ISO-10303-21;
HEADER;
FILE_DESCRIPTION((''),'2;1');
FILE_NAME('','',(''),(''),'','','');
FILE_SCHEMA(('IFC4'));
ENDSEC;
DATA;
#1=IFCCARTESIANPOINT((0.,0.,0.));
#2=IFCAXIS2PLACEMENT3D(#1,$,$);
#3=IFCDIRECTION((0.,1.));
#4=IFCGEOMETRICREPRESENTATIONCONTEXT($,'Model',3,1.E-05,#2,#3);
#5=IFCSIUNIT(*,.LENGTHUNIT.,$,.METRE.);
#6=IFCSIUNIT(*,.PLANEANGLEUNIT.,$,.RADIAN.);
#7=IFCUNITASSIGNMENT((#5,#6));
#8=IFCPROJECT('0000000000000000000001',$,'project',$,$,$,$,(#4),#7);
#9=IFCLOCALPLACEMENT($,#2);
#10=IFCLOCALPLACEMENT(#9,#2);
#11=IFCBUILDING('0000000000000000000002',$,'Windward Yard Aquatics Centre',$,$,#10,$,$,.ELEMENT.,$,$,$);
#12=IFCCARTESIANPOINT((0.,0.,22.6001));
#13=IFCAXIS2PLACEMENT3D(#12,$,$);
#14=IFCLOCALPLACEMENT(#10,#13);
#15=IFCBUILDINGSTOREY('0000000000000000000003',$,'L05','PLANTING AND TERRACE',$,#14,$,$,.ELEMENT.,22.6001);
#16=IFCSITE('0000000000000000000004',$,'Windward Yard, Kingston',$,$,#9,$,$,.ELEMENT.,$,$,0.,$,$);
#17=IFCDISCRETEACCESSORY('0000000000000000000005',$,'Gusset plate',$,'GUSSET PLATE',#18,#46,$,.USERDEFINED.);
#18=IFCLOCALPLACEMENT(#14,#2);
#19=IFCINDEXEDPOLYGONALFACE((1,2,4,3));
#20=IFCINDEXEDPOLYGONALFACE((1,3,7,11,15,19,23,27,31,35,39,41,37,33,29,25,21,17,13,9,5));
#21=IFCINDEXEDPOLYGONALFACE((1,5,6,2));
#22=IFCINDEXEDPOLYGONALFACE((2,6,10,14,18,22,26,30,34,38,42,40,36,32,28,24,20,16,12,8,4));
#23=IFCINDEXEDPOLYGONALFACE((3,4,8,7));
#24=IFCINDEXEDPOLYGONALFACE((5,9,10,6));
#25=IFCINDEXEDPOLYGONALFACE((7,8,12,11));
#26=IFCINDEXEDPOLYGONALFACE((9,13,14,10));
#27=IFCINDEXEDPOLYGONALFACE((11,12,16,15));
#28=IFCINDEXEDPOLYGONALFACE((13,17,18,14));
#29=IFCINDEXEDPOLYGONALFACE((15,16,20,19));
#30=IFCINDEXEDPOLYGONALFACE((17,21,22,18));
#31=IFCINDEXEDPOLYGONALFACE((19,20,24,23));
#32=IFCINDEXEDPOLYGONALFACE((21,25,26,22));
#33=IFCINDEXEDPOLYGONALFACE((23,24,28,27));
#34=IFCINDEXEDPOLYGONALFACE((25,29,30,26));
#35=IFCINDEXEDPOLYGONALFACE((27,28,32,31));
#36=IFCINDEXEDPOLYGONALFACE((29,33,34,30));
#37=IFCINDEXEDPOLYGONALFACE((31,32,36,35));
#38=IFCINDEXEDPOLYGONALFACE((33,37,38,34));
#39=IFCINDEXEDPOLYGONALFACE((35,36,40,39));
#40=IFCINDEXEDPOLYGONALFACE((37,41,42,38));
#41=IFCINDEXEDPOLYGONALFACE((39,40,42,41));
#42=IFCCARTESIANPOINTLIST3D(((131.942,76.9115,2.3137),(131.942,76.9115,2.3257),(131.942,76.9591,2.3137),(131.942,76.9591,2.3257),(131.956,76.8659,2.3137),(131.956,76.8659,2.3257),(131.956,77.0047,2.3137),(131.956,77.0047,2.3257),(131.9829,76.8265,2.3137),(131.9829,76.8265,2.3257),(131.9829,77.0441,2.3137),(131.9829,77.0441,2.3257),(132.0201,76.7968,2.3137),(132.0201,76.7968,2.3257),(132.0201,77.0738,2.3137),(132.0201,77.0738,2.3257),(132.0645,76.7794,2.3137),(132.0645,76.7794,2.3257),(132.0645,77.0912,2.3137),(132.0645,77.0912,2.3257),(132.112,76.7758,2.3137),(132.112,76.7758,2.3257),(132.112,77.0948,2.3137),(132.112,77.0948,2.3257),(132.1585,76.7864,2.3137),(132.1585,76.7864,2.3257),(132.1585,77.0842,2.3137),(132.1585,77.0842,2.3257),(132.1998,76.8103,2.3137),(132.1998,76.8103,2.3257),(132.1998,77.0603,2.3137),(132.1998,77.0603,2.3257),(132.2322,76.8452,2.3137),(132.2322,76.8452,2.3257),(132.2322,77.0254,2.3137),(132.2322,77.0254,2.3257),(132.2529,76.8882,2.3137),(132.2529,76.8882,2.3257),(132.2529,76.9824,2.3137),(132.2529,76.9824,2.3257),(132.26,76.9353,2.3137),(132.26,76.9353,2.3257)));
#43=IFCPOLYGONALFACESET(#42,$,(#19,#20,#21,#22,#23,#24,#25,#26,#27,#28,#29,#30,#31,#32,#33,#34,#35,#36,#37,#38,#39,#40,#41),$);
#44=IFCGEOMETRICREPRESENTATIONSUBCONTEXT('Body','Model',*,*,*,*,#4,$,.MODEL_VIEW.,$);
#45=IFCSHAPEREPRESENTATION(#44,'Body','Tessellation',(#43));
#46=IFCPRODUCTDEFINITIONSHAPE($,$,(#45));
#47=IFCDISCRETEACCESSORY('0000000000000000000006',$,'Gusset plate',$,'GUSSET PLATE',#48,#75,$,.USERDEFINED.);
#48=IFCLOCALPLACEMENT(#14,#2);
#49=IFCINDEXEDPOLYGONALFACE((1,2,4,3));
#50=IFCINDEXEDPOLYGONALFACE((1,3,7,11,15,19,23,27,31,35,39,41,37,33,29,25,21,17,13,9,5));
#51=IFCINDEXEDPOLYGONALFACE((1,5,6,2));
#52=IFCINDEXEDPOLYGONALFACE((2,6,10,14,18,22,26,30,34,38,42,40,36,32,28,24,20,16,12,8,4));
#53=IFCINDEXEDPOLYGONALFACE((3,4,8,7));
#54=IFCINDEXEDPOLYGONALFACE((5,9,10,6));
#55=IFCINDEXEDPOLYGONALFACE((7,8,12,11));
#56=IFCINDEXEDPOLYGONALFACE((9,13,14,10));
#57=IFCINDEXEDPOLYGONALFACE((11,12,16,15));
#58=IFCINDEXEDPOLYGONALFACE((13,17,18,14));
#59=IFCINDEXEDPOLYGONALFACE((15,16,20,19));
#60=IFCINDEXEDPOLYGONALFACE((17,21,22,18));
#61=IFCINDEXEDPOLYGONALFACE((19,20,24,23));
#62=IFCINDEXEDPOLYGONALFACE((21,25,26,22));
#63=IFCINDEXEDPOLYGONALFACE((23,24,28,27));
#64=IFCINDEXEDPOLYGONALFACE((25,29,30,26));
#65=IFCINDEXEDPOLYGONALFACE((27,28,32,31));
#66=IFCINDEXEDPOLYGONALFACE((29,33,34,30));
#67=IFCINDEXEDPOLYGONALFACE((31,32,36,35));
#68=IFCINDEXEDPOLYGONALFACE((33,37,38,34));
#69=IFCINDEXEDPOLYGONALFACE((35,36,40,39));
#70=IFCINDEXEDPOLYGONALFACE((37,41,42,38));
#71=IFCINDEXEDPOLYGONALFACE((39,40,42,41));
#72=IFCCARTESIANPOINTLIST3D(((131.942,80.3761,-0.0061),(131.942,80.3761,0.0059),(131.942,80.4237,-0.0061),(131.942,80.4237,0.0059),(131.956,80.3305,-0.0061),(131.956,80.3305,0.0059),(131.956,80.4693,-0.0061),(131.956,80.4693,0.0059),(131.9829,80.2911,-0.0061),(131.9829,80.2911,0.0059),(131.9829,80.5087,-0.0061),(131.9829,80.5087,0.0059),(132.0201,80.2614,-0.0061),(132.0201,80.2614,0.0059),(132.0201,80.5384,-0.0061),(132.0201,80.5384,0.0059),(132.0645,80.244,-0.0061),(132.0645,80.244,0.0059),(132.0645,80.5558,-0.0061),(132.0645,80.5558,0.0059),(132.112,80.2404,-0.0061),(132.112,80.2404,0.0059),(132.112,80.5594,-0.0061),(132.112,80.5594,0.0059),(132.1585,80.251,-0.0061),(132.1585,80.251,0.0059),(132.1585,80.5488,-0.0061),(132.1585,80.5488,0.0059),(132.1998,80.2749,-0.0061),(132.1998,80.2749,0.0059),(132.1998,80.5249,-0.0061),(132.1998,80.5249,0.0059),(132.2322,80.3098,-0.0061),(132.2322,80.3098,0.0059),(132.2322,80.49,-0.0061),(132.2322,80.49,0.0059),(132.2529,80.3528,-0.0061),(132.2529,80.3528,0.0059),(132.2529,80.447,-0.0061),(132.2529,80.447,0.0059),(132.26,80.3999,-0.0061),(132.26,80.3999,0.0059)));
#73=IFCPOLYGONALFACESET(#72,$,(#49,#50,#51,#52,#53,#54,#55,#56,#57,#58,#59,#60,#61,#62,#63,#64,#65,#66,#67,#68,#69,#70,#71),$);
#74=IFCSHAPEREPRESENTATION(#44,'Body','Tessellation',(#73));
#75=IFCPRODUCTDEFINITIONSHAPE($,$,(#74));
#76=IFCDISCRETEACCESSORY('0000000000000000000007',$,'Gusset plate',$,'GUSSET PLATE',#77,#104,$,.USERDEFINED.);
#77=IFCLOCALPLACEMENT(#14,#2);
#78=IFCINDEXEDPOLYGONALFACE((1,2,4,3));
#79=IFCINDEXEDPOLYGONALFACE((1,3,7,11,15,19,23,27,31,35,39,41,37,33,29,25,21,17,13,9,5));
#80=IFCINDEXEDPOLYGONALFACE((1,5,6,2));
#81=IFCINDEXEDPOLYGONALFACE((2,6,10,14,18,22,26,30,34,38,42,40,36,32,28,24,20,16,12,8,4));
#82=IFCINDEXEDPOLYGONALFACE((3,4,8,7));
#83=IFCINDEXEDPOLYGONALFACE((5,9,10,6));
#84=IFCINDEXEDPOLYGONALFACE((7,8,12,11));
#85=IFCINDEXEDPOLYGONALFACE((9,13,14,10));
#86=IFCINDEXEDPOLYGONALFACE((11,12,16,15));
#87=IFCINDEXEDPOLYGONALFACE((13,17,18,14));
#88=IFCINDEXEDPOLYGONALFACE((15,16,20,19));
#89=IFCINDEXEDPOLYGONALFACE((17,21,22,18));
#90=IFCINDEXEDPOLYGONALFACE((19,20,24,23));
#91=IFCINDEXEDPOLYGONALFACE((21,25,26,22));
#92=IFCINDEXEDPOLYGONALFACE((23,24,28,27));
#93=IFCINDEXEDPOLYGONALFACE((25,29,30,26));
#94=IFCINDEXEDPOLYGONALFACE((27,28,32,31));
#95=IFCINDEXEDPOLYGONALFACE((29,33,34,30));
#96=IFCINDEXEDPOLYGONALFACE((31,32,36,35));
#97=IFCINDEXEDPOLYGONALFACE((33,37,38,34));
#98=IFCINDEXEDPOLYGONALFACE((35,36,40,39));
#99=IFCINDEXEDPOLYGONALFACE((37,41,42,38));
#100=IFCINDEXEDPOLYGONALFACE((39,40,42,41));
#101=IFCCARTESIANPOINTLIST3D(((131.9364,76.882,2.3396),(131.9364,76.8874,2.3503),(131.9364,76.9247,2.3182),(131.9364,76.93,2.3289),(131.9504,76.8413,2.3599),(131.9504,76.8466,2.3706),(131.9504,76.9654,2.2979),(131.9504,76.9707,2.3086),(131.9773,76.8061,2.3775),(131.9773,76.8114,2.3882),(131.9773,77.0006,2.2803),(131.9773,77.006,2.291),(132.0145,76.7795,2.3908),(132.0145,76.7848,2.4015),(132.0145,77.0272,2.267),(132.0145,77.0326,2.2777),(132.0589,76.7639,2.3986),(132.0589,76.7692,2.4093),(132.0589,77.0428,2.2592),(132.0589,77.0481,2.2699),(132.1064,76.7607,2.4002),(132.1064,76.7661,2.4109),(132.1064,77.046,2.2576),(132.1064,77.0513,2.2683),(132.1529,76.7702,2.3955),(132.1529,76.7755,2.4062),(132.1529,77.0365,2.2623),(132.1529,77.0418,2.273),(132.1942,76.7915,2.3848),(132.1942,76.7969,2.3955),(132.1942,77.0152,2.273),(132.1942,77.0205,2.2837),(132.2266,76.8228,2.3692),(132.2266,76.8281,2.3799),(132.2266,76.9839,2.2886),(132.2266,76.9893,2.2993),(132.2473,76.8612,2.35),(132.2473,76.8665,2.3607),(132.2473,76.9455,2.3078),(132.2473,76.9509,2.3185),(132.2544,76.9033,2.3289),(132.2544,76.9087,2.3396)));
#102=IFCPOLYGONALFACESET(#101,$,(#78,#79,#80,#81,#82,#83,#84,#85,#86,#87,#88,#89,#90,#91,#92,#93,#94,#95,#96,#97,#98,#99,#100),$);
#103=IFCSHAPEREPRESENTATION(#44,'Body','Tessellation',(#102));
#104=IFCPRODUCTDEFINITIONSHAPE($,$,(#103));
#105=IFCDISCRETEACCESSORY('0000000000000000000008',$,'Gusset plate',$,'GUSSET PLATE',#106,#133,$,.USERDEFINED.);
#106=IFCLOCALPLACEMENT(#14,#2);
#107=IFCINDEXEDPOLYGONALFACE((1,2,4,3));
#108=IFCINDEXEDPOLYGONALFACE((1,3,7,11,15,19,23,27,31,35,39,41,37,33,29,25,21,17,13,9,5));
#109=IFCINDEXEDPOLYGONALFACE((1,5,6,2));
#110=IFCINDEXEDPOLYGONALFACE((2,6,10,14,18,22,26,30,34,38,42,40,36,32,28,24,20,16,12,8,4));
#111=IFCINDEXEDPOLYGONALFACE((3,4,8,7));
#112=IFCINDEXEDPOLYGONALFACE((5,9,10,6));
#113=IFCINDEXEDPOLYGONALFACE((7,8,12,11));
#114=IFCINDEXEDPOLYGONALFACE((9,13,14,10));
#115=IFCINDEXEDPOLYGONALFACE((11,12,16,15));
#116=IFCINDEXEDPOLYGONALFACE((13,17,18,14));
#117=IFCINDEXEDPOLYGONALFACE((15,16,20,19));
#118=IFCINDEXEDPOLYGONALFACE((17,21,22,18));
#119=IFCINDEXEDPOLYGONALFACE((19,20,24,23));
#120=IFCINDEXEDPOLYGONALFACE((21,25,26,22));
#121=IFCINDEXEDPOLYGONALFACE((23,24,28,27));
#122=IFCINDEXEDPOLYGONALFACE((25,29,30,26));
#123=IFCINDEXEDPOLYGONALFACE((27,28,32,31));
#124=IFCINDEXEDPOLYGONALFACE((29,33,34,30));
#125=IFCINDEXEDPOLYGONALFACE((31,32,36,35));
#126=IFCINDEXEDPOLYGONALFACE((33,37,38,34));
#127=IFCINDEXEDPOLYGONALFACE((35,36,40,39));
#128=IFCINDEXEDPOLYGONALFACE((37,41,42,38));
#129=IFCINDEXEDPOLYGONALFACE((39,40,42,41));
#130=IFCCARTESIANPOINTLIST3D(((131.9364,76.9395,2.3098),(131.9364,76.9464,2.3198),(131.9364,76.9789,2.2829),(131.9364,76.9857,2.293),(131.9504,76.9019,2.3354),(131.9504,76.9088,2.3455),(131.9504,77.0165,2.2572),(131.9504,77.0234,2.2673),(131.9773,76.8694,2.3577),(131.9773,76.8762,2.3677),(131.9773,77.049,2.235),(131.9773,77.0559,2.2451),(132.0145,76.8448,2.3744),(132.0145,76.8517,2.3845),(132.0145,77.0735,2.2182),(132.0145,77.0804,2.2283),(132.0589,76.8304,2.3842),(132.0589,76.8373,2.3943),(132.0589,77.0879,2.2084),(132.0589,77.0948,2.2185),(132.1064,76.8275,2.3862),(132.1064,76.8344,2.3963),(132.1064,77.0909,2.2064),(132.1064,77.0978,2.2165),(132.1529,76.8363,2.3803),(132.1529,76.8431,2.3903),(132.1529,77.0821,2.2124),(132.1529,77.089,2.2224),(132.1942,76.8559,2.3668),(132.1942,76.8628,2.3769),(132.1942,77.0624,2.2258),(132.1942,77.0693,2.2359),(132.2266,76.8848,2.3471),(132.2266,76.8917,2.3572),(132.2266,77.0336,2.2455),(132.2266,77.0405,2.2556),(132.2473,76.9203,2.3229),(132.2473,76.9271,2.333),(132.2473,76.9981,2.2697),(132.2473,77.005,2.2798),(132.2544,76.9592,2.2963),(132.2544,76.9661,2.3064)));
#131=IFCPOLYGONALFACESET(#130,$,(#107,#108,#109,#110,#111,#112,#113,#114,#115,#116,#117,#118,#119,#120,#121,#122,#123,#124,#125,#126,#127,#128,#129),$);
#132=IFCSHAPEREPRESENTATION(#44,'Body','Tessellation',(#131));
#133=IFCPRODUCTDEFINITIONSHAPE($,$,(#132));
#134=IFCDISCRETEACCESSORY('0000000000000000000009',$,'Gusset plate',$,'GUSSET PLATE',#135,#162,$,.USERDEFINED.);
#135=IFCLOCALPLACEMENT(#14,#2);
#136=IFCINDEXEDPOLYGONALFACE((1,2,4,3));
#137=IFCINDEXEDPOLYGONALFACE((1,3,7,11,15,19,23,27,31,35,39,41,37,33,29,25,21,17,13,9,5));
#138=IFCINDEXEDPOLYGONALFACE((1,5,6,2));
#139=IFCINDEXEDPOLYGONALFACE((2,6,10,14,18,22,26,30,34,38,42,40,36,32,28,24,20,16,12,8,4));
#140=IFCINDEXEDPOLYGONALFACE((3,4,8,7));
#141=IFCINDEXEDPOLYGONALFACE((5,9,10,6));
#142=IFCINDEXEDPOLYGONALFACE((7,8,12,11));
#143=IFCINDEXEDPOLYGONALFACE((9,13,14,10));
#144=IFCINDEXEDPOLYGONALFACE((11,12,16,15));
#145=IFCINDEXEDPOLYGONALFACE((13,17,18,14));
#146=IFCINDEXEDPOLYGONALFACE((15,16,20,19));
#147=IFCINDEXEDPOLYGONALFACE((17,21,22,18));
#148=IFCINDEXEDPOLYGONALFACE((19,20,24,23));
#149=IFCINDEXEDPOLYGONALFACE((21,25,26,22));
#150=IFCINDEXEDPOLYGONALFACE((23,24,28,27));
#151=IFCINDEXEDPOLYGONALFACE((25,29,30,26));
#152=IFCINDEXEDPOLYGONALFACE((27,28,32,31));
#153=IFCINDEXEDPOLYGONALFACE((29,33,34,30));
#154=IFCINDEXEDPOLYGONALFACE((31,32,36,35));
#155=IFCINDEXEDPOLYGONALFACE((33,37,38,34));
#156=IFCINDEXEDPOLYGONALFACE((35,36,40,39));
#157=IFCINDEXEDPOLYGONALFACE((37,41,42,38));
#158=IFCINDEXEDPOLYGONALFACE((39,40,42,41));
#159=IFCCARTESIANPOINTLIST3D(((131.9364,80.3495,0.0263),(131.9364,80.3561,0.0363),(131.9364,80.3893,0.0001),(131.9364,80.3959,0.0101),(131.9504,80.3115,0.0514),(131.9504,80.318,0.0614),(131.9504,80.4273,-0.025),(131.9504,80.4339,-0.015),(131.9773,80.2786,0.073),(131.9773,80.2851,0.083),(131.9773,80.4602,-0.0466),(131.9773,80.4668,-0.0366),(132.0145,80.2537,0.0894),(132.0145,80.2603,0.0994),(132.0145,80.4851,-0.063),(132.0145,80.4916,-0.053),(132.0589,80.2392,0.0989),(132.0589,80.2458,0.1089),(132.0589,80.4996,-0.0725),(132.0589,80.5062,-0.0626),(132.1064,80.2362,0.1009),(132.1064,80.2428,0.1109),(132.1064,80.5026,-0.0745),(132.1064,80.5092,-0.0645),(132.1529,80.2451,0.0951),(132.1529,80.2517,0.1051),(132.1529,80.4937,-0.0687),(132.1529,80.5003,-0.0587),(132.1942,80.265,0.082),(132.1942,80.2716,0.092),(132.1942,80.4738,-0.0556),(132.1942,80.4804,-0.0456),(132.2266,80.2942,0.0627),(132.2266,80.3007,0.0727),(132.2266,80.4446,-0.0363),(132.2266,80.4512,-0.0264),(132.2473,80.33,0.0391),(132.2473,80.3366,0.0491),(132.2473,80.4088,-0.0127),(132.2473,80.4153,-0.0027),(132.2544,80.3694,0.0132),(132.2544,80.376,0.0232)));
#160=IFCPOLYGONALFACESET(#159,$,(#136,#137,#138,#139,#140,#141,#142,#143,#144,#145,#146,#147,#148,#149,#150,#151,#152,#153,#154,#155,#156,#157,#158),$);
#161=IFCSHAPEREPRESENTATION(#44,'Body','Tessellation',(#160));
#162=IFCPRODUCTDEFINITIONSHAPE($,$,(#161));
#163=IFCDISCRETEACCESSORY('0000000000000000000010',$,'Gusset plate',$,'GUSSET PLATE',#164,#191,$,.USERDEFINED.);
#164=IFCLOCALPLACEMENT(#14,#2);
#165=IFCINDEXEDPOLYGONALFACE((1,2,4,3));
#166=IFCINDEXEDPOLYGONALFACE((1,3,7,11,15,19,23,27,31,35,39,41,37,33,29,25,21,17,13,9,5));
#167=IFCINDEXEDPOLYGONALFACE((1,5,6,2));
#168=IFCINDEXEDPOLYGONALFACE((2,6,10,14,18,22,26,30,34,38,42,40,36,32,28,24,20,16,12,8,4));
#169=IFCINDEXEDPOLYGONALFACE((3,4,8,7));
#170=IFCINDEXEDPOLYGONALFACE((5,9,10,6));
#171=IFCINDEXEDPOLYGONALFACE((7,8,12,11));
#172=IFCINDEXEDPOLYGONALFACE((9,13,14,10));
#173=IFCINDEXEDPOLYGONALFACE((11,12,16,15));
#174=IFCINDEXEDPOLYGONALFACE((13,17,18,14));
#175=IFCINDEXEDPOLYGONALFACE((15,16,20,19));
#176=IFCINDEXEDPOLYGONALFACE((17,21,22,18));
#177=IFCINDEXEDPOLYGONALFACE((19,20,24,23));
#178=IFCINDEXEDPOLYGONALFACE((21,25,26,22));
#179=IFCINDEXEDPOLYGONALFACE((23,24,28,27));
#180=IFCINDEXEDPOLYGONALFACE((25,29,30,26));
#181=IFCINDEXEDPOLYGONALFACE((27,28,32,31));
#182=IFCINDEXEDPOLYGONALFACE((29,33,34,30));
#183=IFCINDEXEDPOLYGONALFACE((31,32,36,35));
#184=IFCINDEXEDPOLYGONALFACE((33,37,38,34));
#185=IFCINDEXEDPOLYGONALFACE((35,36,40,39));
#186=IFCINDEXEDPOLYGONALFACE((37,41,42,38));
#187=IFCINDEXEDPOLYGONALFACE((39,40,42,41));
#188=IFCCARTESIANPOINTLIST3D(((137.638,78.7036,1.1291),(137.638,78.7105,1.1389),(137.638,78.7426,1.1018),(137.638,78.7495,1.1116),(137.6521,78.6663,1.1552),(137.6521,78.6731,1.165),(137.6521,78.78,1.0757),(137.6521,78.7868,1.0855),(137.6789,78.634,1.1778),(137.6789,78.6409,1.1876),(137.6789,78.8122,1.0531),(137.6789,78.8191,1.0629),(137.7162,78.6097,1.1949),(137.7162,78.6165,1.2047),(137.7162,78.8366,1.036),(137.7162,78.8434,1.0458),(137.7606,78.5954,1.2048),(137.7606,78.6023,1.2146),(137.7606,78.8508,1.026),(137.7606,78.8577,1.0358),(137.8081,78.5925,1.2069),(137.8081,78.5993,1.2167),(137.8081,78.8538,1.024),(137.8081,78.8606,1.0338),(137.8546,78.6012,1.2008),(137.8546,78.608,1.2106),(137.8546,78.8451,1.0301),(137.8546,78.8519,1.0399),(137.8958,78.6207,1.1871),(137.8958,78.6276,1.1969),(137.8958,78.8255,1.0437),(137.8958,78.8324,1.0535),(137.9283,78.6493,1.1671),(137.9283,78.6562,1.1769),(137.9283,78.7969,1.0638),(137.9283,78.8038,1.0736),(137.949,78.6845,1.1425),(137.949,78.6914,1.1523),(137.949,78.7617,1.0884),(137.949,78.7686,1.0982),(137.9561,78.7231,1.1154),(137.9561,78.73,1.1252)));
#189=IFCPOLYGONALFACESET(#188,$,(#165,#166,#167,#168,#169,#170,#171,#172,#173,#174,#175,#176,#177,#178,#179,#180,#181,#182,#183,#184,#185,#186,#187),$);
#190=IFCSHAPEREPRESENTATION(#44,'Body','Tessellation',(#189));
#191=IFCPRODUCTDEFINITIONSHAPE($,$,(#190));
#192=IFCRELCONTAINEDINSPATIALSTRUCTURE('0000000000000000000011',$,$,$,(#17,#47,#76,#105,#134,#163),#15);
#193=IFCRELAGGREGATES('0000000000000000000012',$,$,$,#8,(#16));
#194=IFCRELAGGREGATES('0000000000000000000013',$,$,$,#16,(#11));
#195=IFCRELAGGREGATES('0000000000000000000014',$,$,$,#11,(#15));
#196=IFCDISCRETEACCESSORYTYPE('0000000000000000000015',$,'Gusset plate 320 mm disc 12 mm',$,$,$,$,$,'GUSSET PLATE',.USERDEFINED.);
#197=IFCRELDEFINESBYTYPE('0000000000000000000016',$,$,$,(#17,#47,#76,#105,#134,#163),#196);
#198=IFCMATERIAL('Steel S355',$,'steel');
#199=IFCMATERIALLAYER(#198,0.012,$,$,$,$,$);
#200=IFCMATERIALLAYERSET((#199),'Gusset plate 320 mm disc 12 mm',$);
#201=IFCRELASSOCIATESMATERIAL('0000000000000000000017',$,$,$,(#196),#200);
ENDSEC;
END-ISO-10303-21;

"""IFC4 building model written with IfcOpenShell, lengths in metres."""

from ifc_helpers import new_model, si_unit, direction, frame, origin, origin_2d, place, context, subcontext, project, spatial, circle, extrude, material, layer, layer_set, type_object, element, save


model = new_model("IFC4")

# Units and contexts
model_context = context("Model", 3, precision=1e-05, world=origin(), true_north=direction((0.0, 1.0)))
body_context = subcontext(model_context, "Body", "Model", "MODEL_VIEW")
ifc_project = project(units=[si_unit("LENGTHUNIT", "METRE"), si_unit("PLANEANGLEUNIT", "RADIAN")], contexts=[model_context])

# Site, building, storey
site_placement = place(None, origin())
site = spatial("IfcSite", under=ifc_project, at=site_placement, Name="Windward Yard, Kingston", CompositionType="ELEMENT", RefElevation=0.0)
building_placement = place(site_placement, origin())
building = spatial("IfcBuilding", under=site, at=building_placement, Name="Windward Yard Aquatics Centre", CompositionType="ELEMENT")
storey_placement = place(building_placement, frame((0.0, 0.0, 22.6001)))
storey = spatial("IfcBuildingStorey", under=building, at=storey_placement, Name="L05", Description="PLANTING AND TERRACE", CompositionType="ELEMENT", Elevation=22.6001)

# Discrete accessories
ifc_material_1 = material(Name="Steel S355", Category="steel")
ifc_layer = layer(ifc_material_1, 0.012)
ifc_layer_set = layer_set([ifc_layer], Name="Gusset plate 320 mm disc 12 mm")
discrete_accessory_type = type_object("IfcDiscreteAccessoryType", Name="Gusset plate 320 mm disc 12 mm", ElementType="GUSSET PLATE", PredefinedType="USERDEFINED", material=ifc_layer_set)
for number, where, z_axis, x_axis, name in (
    (1, (132.1001, 76.9353, 2.3137), (0.0, 0.0, 1.0), (1.0, 0.0, 0.0), "Gusset plate"),
    (2, (132.1001, 80.3999, -0.0061), (0.0, 0.0, 1.0), (1.0, 0.0, 0.0), "Gusset plate"),
    (3, (132.0945, 76.9087, 2.3396), (0.0, -0.447214, -0.894427), (1.0, 0.0, 0.0), "Gusset plate"),
):
    element("IfcDiscreteAccessory", number, at=place(storey_placement, frame(where, z_axis=z_axis, x_axis=x_axis)), inside=storey, type_object=discrete_accessory_type, Name=name, ObjectType="GUSSET PLATE", PredefinedType="USERDEFINED", context=body_context, shape_type="SweptSolid", body=[
        extrude(circle(Radius=0.1599, at=origin_2d()), origin(), (0.0, 0.0, 1.0), 0.012),
    ])
discrete_accessory_1_placement = place(storey_placement, frame((132.0945, 76.9661, 2.3064), z_axis=(0.0, -0.563962, -0.825801), x_axis=(1.0, 0.0, 0.0)))
element("IfcDiscreteAccessory", 4, at=discrete_accessory_1_placement, inside=storey, type_object=discrete_accessory_type, Name="Gusset plate", ObjectType="GUSSET PLATE", PredefinedType="USERDEFINED", context=body_context, shape_type="SweptSolid", body=[
    extrude(circle(Radius=0.1599, at=origin_2d()), origin(), (0.0, 0.0, 1.0), 0.0122),
])
for number, where, z_axis, x_axis, name in (
    (5, (132.0945, 80.376, 0.0232), (0.0, -0.549991, -0.835171), (1.0, 0.0, 0.0), "Gusset plate"),
    (6, (137.7961, 78.73, 1.1252), (0.0, -0.573462, -0.819232), (1.0, 0.0, 0.0), "Gusset plate"),
):
    element("IfcDiscreteAccessory", number, at=place(storey_placement, frame(where, z_axis=z_axis, x_axis=x_axis)), inside=storey, type_object=discrete_accessory_type, Name=name, ObjectType="GUSSET PLATE", PredefinedType="USERDEFINED", context=body_context, shape_type="SweptSolid", body=[
        extrude(circle(Radius=0.1599, at=origin_2d()), origin(), (0.0, 0.0, 1.0), 0.012),
    ])

save(model, "model.ifc")
